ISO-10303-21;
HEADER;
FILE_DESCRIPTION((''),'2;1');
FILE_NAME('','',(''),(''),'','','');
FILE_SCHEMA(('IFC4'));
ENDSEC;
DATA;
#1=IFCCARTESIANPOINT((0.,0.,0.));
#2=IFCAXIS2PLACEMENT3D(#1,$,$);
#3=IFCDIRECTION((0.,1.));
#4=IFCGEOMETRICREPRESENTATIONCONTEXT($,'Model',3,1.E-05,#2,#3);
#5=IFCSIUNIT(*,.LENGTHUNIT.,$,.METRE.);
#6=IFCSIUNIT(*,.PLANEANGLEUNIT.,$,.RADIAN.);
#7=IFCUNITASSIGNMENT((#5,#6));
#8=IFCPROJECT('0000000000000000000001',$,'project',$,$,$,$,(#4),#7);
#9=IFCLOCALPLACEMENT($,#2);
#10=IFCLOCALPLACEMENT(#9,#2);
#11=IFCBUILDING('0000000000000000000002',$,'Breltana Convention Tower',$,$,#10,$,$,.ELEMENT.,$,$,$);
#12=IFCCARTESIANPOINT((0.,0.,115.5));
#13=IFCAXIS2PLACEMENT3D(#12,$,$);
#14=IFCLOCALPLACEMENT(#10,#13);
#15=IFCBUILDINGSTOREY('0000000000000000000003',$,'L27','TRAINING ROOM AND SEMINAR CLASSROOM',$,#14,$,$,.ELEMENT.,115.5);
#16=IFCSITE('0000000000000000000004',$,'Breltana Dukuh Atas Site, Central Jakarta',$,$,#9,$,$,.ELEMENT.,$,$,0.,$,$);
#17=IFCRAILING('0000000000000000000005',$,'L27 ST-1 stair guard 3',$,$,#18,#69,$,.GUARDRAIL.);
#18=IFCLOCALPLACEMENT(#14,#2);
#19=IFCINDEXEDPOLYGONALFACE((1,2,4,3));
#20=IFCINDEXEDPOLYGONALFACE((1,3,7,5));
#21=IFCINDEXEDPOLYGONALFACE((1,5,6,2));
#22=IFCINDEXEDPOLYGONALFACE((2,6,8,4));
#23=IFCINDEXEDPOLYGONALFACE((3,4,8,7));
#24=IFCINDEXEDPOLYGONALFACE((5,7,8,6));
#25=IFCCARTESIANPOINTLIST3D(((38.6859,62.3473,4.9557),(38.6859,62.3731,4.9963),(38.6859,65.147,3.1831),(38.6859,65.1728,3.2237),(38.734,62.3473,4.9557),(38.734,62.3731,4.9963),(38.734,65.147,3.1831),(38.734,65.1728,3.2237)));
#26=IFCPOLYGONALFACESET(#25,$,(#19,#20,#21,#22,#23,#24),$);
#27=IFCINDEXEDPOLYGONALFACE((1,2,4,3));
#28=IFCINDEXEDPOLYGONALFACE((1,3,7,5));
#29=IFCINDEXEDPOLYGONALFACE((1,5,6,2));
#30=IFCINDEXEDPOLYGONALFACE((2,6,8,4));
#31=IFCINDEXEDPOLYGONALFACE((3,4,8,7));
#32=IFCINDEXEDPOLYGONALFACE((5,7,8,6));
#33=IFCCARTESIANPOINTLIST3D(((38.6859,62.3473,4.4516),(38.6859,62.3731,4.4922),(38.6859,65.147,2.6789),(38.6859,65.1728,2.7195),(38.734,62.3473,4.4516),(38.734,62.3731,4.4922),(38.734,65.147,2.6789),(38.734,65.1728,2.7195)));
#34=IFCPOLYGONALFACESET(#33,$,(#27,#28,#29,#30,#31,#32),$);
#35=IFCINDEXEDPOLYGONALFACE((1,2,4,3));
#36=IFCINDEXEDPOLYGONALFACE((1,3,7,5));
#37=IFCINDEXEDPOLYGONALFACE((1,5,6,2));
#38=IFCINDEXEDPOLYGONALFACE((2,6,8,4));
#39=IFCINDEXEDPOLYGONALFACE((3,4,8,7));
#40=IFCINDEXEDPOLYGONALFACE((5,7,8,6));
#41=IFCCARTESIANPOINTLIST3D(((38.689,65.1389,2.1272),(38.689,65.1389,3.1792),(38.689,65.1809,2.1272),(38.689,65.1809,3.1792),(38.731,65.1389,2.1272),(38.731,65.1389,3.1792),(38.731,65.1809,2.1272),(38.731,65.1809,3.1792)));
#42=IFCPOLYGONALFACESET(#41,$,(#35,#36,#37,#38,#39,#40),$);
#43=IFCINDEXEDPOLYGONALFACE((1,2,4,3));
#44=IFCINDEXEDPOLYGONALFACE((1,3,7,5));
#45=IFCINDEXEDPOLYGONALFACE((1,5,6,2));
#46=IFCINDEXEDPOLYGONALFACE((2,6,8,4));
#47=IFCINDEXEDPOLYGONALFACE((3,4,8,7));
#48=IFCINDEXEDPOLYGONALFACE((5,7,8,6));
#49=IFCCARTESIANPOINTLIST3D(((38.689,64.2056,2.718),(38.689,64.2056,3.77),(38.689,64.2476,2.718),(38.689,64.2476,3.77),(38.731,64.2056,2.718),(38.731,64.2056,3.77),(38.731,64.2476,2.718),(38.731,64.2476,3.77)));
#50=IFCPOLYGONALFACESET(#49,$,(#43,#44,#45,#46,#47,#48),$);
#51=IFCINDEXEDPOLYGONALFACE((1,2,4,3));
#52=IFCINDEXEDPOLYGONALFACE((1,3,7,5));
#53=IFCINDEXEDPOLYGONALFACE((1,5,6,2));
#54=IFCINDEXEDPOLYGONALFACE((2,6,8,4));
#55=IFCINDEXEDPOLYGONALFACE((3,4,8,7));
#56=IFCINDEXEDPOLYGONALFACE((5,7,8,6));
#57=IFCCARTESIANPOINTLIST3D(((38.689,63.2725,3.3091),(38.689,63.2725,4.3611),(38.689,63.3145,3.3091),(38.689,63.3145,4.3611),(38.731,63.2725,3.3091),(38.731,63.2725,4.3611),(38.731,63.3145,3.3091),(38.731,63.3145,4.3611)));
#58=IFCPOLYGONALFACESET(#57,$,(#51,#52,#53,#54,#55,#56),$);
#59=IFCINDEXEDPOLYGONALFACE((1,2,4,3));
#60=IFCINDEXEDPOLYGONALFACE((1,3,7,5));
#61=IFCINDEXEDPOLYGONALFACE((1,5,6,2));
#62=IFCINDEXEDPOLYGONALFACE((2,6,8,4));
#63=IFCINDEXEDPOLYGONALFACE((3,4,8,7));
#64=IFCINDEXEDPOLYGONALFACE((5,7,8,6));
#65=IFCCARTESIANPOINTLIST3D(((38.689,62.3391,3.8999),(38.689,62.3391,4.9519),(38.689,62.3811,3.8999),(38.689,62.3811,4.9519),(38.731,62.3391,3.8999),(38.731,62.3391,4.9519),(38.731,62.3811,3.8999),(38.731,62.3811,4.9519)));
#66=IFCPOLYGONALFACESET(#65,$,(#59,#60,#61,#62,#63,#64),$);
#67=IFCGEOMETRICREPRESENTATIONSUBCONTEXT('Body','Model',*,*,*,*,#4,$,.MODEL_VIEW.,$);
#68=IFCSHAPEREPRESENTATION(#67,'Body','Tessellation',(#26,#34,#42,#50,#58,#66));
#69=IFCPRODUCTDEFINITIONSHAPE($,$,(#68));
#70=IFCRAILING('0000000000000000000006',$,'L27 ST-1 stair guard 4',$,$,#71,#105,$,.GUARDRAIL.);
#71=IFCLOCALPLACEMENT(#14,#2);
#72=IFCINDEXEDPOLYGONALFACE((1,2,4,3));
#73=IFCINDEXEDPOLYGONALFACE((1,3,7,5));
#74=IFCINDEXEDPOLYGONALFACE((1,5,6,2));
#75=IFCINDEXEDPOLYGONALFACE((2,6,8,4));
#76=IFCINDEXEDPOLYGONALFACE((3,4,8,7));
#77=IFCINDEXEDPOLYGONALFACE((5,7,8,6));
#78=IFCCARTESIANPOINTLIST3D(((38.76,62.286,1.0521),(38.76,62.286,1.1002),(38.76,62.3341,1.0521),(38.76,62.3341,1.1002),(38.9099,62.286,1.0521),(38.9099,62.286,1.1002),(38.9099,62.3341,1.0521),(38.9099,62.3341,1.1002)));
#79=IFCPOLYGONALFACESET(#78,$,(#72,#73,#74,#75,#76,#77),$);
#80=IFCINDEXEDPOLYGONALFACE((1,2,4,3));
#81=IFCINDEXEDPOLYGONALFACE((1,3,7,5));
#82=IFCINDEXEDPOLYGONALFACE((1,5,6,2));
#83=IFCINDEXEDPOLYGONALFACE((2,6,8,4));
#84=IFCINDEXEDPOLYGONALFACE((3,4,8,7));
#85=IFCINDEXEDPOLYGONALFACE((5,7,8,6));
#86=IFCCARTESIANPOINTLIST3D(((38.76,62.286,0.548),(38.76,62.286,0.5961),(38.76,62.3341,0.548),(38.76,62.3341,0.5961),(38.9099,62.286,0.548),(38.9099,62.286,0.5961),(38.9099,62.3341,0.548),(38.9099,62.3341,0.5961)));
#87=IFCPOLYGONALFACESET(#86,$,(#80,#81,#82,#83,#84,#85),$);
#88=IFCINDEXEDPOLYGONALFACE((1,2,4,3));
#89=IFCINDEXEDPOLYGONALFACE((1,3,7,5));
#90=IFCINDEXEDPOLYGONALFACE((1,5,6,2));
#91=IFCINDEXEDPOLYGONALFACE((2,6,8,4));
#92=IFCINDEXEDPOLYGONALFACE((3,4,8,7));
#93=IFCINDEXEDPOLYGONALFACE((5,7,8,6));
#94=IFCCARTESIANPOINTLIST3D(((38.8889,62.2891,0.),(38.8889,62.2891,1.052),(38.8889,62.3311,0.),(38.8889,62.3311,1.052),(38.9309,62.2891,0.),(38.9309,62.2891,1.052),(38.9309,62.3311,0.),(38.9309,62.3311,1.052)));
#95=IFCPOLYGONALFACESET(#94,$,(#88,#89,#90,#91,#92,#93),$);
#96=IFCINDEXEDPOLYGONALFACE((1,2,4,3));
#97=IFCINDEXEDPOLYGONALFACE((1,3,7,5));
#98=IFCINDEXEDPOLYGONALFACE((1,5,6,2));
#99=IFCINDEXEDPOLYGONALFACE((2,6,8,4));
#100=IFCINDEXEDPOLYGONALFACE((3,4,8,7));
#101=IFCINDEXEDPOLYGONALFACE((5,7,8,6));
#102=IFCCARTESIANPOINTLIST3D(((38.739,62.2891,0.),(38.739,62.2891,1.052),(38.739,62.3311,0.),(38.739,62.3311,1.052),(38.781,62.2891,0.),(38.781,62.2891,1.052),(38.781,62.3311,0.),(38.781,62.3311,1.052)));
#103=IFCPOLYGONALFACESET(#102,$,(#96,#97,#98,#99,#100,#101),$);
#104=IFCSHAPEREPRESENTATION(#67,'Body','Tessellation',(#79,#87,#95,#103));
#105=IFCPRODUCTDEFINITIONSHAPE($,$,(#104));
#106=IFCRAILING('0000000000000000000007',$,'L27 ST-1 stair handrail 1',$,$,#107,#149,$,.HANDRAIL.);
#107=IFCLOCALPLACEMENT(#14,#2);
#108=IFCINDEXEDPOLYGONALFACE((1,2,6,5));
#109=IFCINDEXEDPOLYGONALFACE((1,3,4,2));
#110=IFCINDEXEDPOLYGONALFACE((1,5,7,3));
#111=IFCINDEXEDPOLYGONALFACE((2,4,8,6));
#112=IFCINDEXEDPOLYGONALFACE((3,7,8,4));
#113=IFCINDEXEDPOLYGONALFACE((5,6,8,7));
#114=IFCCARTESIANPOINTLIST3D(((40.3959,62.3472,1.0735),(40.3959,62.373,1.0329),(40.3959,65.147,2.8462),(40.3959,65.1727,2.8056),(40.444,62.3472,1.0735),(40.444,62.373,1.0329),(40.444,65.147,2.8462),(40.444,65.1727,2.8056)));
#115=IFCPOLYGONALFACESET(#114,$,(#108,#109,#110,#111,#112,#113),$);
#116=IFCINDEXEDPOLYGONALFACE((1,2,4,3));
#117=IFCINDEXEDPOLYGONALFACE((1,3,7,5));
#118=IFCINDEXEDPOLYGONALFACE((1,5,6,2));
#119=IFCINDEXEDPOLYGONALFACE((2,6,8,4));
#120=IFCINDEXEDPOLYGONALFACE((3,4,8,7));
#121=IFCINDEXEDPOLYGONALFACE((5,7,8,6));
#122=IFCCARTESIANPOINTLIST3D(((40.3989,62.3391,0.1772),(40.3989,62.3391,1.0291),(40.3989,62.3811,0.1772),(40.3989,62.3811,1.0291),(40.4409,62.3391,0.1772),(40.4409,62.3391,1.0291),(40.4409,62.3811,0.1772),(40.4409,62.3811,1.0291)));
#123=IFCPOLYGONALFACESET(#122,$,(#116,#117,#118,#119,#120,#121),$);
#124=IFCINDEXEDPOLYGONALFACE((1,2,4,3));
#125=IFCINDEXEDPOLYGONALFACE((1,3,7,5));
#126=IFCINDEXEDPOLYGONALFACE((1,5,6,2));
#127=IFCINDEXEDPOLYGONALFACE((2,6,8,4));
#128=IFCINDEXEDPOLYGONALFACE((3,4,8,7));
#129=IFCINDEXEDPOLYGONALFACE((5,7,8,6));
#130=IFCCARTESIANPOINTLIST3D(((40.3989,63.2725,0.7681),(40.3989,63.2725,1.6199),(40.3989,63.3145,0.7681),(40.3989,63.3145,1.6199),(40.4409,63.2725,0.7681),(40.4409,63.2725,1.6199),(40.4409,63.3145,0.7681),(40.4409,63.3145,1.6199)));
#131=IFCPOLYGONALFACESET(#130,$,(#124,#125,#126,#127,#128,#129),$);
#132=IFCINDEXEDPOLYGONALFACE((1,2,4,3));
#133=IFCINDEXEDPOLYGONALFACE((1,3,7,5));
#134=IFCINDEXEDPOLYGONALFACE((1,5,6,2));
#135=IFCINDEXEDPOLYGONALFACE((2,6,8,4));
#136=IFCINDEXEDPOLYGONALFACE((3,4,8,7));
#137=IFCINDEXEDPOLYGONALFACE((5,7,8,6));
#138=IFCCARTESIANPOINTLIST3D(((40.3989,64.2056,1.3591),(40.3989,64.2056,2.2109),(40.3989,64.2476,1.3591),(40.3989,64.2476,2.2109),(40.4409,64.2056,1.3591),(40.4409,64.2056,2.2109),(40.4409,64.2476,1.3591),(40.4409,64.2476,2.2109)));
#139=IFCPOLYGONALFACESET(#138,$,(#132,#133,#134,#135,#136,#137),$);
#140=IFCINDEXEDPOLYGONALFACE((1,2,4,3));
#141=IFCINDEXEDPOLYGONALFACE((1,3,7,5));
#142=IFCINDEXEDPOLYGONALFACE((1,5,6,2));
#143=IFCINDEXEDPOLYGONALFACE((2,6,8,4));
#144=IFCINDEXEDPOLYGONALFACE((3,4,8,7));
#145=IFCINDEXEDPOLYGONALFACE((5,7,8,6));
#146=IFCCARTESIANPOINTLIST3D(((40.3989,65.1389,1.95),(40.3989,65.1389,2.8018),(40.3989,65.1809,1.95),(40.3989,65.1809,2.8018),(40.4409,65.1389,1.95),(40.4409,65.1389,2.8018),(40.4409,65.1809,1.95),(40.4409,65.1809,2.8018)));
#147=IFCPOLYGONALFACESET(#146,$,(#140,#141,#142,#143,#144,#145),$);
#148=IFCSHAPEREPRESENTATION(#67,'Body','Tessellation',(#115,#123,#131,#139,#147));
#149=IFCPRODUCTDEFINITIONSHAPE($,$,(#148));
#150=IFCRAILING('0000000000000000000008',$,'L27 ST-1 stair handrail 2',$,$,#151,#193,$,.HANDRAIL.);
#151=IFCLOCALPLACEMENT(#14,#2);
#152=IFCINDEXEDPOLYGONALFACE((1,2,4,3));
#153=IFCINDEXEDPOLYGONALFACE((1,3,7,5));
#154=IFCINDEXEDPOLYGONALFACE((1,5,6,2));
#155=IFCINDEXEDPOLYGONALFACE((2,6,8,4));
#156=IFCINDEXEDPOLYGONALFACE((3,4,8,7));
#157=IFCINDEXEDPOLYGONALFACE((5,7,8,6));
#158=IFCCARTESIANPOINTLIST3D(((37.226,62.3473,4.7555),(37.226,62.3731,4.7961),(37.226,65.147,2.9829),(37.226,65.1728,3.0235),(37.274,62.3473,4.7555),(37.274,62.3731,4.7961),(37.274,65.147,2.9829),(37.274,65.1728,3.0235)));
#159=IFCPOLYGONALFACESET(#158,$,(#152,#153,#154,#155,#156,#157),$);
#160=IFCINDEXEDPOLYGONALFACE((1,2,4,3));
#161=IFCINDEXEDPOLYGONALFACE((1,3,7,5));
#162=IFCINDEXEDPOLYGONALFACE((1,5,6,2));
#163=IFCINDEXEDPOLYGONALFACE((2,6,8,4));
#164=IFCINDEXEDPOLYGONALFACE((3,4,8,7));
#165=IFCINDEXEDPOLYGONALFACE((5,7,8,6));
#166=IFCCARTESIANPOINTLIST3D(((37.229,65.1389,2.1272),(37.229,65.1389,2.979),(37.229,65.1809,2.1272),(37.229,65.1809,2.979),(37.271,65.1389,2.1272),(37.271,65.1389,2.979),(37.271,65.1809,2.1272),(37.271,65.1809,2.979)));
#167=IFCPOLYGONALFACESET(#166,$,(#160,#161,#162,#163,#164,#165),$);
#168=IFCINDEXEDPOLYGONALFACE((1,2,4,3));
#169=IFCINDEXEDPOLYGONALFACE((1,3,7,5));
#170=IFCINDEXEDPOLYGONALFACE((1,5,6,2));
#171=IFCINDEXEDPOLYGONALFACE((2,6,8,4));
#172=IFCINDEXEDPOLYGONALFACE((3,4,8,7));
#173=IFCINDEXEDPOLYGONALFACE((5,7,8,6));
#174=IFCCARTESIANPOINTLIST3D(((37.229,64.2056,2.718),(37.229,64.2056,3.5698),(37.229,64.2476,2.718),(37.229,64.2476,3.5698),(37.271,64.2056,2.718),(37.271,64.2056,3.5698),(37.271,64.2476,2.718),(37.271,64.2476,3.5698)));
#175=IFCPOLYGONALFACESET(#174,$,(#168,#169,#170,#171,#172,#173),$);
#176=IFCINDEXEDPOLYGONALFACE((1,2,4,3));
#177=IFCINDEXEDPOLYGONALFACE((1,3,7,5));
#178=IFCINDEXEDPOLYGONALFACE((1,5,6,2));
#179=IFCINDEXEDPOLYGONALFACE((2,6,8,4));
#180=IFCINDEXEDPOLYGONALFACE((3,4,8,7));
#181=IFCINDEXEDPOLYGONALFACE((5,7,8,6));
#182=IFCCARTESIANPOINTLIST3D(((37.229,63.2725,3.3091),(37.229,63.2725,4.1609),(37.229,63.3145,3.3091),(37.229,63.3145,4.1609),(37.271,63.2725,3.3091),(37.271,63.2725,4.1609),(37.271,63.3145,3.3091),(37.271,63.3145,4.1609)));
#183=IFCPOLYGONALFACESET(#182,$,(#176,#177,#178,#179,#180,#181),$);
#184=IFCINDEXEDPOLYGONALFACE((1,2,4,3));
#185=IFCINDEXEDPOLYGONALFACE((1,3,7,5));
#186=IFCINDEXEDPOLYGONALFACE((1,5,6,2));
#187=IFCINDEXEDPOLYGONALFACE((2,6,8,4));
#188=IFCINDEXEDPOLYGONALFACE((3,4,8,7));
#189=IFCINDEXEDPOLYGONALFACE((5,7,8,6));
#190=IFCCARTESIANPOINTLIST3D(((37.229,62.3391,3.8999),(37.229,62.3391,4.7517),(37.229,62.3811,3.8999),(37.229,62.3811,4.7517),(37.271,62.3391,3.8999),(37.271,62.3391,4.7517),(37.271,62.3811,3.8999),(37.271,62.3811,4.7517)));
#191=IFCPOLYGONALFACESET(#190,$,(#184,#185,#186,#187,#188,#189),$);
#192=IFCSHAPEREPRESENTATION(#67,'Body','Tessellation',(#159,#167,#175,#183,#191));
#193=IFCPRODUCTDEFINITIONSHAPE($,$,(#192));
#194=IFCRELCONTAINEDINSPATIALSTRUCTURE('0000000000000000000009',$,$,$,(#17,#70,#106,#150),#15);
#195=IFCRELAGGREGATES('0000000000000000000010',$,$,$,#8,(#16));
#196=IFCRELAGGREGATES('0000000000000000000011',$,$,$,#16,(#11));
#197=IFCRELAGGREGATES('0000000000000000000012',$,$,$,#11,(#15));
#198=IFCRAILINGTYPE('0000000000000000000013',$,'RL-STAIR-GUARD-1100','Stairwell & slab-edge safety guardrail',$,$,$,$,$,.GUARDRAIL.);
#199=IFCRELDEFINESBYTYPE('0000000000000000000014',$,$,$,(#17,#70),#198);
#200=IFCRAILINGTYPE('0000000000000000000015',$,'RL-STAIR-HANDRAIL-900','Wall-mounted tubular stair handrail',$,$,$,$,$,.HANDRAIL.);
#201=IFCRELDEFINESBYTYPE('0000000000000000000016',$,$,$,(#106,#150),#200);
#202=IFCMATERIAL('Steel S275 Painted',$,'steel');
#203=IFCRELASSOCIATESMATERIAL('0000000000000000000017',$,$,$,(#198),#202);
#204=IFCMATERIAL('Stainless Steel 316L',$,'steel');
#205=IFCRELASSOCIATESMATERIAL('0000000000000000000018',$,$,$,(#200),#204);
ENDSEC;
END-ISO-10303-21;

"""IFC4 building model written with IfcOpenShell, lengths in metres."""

from ifc_helpers import new_model, si_unit, direction, frame, origin, origin_2d, place, context, subcontext, project, spatial, rectangle, extrude, material, type_object, element, save


model = new_model("IFC4")

# Units and contexts
model_context = context("Model", 3, precision=1e-05, world=origin(), true_north=direction((0.0, 1.0)))
body_context = subcontext(model_context, "Body", "Model", "MODEL_VIEW")
ifc_project = project(units=[si_unit("LENGTHUNIT", "METRE"), si_unit("PLANEANGLEUNIT", "RADIAN")], contexts=[model_context])

# Site, building, storey
site_placement = place(None, origin())
site = spatial("IfcSite", under=ifc_project, at=site_placement, Name="Breltana Dukuh Atas Site, Central Jakarta", CompositionType="ELEMENT", RefElevation=0.0)
building_placement = place(site_placement, origin())
building = spatial("IfcBuilding", under=site, at=building_placement, Name="Breltana Convention Tower", CompositionType="ELEMENT")
storey_placement = place(building_placement, frame((0.0, 0.0, 115.5)))
storey = spatial("IfcBuildingStorey", under=building, at=storey_placement, Name="L27", Description="TRAINING ROOM AND SEMINAR CLASSROOM", CompositionType="ELEMENT", Elevation=115.5)

# Railings
ifc_material_1 = material(Name="Steel S275 Painted", Category="steel")
railing_type_1 = type_object("IfcRailingType", Name="RL-STAIR-GUARD-1100", Description="Stairwell & slab-edge safety guardrail", PredefinedType="GUARDRAIL", material=ifc_material_1)
railing_1_placement = place(storey_placement, frame((38.71, 65.1599, 2.1272)))
element("IfcRailing", 1, at=railing_1_placement, inside=storey, type_object=railing_type_1, Name="L27 ST-1 stair guard 3", PredefinedType="GUARDRAIL", context=body_context, shape_type="SweptSolid", body=[
    extrude(rectangle(XDim=0.0481, YDim=0.0481, at=origin_2d()), frame((0.0, 0.0, 1.0762), z_axis=(0.0, -0.844888, 0.534943), x_axis=(1.0, 0.0, 0.0)), (0.0, 0.0, 1.0), 3.3137),
    extrude(rectangle(XDim=0.0481, YDim=0.0481, at=origin_2d()), frame((0.0, 0.0, 0.572), z_axis=(0.0, -0.844888, 0.534943), x_axis=(1.0, 0.0, 0.0)), (0.0, 0.0, 1.0), 3.3137),
    extrude(rectangle(XDim=0.042, YDim=0.042, at=origin_2d()), origin(), (0.0, 0.0, 1.0), 1.052),
    extrude(rectangle(XDim=0.042, YDim=0.042, at=origin_2d()), frame((0.0, -0.9333, 0.5908)), (0.0, 0.0, 1.0), 1.052),
    extrude(rectangle(XDim=0.042, YDim=0.042, at=origin_2d()), frame((0.0, -1.8665, 1.1819)), (0.0, 0.0, 1.0), 1.052),
    extrude(rectangle(XDim=0.042, YDim=0.042, at=origin_2d()), frame((0.0, -2.7998, 1.7727)), (0.0, 0.0, 1.0), 1.052),
])
railing_2_placement = place(storey_placement, frame((38.9099, 62.3101, 0.0)))
element("IfcRailing", 2, at=railing_2_placement, inside=storey, type_object=railing_type_1, Name="L27 ST-1 stair guard 4", PredefinedType="GUARDRAIL", context=body_context, shape_type="SweptSolid", body=[
    extrude(rectangle(XDim=0.0481, YDim=0.0481, at=origin_2d()), frame((0.0, 0.0, 1.0762), z_axis=(-1.0, 0.0, 0.0), x_axis=(0.0, -1.0, 0.0)), (0.0, 0.0, 1.0), 0.1499),
    extrude(rectangle(XDim=0.0481, YDim=0.0481, at=origin_2d()), frame((0.0, 0.0, 0.572), z_axis=(-1.0, 0.0, 0.0), x_axis=(0.0, -1.0, 0.0)), (0.0, 0.0, 1.0), 0.1499),
    extrude(rectangle(XDim=0.042, YDim=0.042, at=origin_2d()), origin(), (0.0, 0.0, 1.0), 1.052),
    extrude(rectangle(XDim=0.042, YDim=0.042, at=origin_2d()), frame((-0.1499, 0.0, 0.0)), (0.0, 0.0, 1.0), 1.052),
])
ifc_material_2 = material(Name="Stainless Steel 316L", Category="steel")
railing_type_2 = type_object("IfcRailingType", Name="RL-STAIR-HANDRAIL-900", Description="Wall-mounted tubular stair handrail", PredefinedType="HANDRAIL", material=ifc_material_2)
railing_3_placement = place(storey_placement, frame((40.4199, 62.3601, 0.1772)))
element("IfcRailing", 3, at=railing_3_placement, inside=storey, type_object=railing_type_2, Name="L27 ST-1 stair handrail 1", PredefinedType="HANDRAIL", context=body_context, shape_type="SweptSolid", body=[
    extrude(rectangle(XDim=0.0481, YDim=0.0481, at=origin_2d()), frame((0.0, 0.0, 0.876), z_axis=(0.0, 0.844888, 0.534943), x_axis=(-1.0, 0.0, 0.0)), (0.0, 0.0, 1.0), 3.3137),
    extrude(rectangle(XDim=0.042, YDim=0.042, at=origin_2d()), origin(), (0.0, 0.0, 1.0), 0.8518),
    extrude(rectangle(XDim=0.042, YDim=0.042, at=origin_2d()), frame((0.0, 0.9333, 0.5908)), (0.0, 0.0, 1.0), 0.8518),
    extrude(rectangle(XDim=0.042, YDim=0.042, at=origin_2d()), frame((0.0, 1.8665, 1.1819)), (0.0, 0.0, 1.0), 0.8518),
    extrude(rectangle(XDim=0.042, YDim=0.042, at=origin_2d()), frame((0.0, 2.7998, 1.7727)), (0.0, 0.0, 1.0), 0.8518),
])
railing_4_placement = place(storey_placement, frame((37.25, 65.1599, 2.1272)))
element("IfcRailing", 4, at=railing_4_placement, inside=storey, type_object=railing_type_2, Name="L27 ST-1 stair handrail 2", PredefinedType="HANDRAIL", context=body_context, shape_type="SweptSolid", body=[
    extrude(rectangle(XDim=0.0481, YDim=0.0481, at=origin_2d()), frame((0.0, 0.0, 0.876), z_axis=(0.0, -0.844888, 0.534943), x_axis=(1.0, 0.0, 0.0)), (0.0, 0.0, 1.0), 3.3137),
    extrude(rectangle(XDim=0.042, YDim=0.042, at=origin_2d()), origin(), (0.0, 0.0, 1.0), 0.8518),
    extrude(rectangle(XDim=0.042, YDim=0.042, at=origin_2d()), frame((0.0, -0.9333, 0.5908)), (0.0, 0.0, 1.0), 0.8518),
    extrude(rectangle(XDim=0.042, YDim=0.042, at=origin_2d()), frame((0.0, -1.8665, 1.1819)), (0.0, 0.0, 1.0), 0.8518),
    extrude(rectangle(XDim=0.042, YDim=0.042, at=origin_2d()), frame((0.0, -2.7998, 1.7727)), (0.0, 0.0, 1.0), 0.8518),
])

save(model, "model.ifc")
